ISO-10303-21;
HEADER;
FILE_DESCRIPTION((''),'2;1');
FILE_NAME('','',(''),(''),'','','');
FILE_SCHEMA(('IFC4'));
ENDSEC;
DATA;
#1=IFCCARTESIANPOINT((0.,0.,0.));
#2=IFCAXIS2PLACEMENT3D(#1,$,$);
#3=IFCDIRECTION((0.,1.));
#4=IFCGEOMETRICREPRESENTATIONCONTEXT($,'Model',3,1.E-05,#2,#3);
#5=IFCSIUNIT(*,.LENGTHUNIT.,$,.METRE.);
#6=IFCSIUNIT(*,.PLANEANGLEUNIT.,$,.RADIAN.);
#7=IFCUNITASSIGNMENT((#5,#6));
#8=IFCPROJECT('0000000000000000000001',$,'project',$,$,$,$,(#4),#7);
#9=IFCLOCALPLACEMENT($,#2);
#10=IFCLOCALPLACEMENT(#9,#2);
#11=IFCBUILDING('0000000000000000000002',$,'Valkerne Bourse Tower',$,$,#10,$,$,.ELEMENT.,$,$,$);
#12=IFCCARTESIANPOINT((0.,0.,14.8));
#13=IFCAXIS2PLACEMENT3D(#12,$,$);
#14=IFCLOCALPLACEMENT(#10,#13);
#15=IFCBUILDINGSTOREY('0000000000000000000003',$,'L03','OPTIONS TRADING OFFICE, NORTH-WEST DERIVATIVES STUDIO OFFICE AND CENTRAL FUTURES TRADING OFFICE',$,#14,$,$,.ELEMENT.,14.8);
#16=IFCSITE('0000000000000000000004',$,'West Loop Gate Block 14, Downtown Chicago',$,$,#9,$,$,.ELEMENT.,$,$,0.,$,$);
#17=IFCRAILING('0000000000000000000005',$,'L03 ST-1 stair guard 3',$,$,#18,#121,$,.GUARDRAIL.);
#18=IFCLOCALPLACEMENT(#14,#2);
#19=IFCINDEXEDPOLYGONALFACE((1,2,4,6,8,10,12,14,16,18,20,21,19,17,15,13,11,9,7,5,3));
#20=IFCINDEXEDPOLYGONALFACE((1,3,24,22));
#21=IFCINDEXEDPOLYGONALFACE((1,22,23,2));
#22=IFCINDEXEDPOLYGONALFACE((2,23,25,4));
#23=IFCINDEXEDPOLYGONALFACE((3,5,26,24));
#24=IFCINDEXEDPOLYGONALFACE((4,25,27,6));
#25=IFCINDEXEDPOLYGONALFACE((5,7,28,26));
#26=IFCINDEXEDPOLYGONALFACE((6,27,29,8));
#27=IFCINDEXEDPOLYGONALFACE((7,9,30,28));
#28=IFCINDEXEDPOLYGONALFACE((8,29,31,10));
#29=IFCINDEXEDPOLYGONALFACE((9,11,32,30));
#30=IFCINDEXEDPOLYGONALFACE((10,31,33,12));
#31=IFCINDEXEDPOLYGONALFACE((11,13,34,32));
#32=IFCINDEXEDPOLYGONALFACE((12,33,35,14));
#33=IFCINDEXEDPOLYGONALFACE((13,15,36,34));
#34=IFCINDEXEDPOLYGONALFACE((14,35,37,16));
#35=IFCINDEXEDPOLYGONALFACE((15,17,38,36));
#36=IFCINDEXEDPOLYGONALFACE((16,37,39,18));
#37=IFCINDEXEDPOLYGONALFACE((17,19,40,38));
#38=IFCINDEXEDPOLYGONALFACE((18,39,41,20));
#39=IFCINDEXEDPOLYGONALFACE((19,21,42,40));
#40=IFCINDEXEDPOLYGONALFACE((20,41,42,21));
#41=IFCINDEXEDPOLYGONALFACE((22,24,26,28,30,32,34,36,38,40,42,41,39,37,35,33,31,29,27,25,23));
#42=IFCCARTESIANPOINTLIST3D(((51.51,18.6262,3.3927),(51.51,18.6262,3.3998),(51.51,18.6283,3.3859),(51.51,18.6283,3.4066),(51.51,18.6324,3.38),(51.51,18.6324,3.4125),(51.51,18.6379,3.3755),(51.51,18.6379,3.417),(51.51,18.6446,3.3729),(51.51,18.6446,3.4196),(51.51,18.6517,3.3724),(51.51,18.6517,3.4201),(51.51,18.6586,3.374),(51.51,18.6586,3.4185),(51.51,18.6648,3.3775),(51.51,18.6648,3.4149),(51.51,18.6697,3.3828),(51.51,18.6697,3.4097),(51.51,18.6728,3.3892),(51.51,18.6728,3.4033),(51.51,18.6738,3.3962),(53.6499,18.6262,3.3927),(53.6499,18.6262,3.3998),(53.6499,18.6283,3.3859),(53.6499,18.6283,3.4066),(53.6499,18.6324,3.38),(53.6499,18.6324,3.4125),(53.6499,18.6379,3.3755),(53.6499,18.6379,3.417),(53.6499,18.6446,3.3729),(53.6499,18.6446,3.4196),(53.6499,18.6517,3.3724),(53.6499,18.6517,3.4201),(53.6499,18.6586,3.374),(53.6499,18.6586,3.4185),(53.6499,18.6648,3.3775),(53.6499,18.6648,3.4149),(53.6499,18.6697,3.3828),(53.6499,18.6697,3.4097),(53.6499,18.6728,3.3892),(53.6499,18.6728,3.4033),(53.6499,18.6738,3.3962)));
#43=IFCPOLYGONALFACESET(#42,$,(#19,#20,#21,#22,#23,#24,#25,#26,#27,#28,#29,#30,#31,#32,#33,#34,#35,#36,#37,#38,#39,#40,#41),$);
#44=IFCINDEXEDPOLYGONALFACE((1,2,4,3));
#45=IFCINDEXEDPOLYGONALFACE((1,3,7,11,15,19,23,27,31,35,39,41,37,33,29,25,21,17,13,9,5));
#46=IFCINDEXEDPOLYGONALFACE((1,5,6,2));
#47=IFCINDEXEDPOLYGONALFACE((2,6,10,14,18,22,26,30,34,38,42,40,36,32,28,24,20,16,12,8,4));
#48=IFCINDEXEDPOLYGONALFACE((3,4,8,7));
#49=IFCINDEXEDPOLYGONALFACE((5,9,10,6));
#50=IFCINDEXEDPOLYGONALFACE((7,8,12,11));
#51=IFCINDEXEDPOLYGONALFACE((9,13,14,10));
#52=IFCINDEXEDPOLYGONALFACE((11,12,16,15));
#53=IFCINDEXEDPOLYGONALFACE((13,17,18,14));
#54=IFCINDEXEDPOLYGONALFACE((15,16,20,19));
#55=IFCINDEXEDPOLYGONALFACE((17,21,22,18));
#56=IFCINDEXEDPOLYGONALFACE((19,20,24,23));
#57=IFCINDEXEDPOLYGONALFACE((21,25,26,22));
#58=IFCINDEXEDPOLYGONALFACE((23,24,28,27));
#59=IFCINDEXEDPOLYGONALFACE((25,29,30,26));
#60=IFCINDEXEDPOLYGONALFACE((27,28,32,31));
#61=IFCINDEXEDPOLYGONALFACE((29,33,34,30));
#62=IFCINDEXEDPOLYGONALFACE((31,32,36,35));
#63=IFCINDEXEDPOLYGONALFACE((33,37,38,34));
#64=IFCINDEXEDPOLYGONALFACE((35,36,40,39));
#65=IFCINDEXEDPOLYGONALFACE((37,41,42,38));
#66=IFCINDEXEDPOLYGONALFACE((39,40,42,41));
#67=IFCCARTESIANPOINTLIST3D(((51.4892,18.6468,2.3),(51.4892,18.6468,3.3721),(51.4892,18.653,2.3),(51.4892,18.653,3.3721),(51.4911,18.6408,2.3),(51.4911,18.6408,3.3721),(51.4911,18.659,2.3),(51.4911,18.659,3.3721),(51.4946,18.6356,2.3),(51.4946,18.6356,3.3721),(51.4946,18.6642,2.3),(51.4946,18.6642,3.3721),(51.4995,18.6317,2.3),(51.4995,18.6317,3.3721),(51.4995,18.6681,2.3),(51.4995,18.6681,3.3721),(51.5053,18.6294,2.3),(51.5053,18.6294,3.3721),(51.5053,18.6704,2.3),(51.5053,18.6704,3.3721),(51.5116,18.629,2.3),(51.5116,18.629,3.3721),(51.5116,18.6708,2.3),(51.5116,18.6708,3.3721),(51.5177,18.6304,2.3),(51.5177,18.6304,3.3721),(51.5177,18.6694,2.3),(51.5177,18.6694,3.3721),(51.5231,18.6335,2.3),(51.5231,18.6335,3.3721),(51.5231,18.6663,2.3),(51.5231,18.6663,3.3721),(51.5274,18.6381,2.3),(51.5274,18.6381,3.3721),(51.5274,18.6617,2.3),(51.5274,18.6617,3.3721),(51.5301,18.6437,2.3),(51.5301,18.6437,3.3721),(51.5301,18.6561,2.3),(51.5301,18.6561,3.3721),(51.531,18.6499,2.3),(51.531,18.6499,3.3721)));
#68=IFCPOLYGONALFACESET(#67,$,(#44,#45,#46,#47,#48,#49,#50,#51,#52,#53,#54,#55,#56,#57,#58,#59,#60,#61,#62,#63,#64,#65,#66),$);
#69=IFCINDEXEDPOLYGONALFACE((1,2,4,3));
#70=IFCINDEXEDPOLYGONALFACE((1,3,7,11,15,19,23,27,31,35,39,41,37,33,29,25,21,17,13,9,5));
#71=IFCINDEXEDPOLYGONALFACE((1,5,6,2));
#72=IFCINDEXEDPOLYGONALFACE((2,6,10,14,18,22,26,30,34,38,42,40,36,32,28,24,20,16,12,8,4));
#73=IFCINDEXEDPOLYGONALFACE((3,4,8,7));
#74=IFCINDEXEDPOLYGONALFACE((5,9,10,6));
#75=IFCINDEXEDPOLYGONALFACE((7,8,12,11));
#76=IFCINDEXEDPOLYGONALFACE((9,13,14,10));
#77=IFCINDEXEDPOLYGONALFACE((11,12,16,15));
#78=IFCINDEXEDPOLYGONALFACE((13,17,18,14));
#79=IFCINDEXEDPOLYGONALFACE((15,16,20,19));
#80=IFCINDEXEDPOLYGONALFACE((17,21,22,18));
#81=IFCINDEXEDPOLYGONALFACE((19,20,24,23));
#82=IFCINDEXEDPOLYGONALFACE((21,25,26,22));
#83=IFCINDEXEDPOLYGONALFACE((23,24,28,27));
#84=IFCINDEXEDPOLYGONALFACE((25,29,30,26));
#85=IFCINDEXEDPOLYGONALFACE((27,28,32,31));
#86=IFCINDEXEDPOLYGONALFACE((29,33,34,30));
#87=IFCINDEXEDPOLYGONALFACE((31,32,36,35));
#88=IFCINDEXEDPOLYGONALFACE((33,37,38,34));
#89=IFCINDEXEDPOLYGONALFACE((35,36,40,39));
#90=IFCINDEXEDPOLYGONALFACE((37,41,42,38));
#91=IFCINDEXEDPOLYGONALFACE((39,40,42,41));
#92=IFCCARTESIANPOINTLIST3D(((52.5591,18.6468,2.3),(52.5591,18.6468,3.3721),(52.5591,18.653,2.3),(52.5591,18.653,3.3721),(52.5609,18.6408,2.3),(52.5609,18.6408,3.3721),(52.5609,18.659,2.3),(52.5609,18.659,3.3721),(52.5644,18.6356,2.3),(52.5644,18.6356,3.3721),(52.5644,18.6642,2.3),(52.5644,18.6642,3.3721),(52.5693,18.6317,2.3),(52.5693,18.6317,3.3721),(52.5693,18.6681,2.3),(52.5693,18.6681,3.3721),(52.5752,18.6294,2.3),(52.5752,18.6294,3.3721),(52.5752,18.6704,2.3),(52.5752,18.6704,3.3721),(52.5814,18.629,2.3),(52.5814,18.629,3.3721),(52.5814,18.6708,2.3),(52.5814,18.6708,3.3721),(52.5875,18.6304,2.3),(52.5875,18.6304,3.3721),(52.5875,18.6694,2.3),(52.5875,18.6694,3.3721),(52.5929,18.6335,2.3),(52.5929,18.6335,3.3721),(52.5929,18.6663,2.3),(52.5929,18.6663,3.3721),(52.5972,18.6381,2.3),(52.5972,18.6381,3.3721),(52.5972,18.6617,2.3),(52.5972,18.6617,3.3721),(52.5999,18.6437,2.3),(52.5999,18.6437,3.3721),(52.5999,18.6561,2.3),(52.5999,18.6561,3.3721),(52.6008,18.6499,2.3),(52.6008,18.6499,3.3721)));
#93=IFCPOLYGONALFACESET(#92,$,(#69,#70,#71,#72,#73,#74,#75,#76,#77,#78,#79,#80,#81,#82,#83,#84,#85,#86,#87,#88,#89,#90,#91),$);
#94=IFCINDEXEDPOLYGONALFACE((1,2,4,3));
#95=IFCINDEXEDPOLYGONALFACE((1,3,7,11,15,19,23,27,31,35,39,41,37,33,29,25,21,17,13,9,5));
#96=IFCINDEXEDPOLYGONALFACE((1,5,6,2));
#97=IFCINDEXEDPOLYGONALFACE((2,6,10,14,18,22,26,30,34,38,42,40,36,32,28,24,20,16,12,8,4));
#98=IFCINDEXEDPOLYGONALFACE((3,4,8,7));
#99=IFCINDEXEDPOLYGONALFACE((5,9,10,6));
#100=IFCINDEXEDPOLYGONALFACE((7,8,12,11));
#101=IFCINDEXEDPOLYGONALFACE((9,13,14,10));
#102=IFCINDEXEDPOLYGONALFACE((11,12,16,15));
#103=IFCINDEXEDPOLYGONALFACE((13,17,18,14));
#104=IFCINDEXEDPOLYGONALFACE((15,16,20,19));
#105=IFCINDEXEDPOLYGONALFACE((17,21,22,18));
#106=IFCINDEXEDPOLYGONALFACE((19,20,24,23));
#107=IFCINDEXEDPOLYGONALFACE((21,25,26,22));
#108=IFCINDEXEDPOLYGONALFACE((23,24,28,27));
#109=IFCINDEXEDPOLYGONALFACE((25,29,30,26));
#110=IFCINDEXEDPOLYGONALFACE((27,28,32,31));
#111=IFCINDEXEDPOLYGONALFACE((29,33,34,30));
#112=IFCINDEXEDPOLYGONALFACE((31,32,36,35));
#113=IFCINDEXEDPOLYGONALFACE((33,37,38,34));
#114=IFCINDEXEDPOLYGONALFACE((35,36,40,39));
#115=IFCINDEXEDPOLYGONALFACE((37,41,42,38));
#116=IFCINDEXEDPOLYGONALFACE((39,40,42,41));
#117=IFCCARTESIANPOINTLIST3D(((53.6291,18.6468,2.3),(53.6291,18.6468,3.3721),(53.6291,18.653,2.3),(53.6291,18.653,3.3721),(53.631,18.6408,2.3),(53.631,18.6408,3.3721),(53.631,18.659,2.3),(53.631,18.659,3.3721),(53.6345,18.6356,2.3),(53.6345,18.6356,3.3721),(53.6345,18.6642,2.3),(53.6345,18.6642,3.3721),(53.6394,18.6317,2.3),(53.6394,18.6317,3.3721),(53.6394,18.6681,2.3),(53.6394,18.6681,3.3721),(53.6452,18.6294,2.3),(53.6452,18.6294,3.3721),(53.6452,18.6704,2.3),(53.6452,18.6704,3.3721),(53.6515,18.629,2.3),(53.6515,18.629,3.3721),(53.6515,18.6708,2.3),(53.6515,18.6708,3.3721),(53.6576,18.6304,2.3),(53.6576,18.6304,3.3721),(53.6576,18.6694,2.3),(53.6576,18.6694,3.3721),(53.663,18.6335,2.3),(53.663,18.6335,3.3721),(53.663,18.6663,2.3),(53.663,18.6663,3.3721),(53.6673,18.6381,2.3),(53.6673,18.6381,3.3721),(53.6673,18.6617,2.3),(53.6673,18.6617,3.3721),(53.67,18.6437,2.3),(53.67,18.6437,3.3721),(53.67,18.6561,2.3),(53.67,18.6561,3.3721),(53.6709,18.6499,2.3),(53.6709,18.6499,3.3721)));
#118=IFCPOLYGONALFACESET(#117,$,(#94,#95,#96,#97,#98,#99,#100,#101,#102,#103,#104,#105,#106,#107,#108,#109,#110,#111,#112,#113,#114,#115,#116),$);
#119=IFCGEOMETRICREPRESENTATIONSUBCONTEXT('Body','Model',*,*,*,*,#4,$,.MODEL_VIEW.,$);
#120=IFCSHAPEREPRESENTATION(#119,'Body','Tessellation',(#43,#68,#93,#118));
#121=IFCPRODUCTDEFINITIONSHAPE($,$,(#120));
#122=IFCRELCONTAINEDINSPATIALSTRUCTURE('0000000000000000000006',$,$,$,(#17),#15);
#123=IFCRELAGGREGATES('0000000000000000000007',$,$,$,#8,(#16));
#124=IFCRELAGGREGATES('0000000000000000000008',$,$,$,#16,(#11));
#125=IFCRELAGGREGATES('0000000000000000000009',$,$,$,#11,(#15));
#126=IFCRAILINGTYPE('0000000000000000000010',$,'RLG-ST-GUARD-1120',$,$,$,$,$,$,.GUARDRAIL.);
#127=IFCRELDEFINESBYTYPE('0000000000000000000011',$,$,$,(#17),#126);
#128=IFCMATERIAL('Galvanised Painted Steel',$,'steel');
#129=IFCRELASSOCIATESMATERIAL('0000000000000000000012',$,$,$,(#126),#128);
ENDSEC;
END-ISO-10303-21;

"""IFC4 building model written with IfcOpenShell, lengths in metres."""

from ifc_helpers import new_model, si_unit, direction, frame, origin, origin_2d, place, context, subcontext, project, spatial, circle, extrude, material, type_object, element, save


model = new_model("IFC4")

# Units and contexts
model_context = context("Model", 3, precision=1e-05, world=origin(), true_north=direction((0.0, 1.0)))
body_context = subcontext(model_context, "Body", "Model", "MODEL_VIEW")
ifc_project = project(units=[si_unit("LENGTHUNIT", "METRE"), si_unit("PLANEANGLEUNIT", "RADIAN")], contexts=[model_context])

# Site, building, storey
site_placement = place(None, origin())
site = spatial("IfcSite", under=ifc_project, at=site_placement, Name="West Loop Gate Block 14, Downtown Chicago", CompositionType="ELEMENT", RefElevation=0.0)
building_placement = place(site_placement, origin())
building = spatial("IfcBuilding", under=site, at=building_placement, Name="Valkerne Bourse Tower", CompositionType="ELEMENT")
storey_placement = place(building_placement, frame((0.0, 0.0, 14.8)))
storey = spatial("IfcBuildingStorey", under=building, at=storey_placement, Name="L03", Description="OPTIONS TRADING OFFICE, NORTH-WEST DERIVATIVES STUDIO OFFICE AND CENTRAL FUTURES TRADING OFFICE", CompositionType="ELEMENT", Elevation=14.8)

# Shared definitions
ifc_material_1 = material(Name="Galvanised Painted Steel", Category="steel")

# Railing
railing_type_1 = type_object("IfcRailingType", Name="RLG-ST-GUARD-1120", PredefinedType="GUARDRAIL", material=ifc_material_1)
railing_1_placement = place(storey_placement, frame((51.51, 18.6499, 2.3)))
element("IfcRailing", 1, at=railing_1_placement, inside=storey, type_object=railing_type_1, Name="L03 ST-1 stair guard 3", PredefinedType="GUARDRAIL", context=body_context, shape_type="SweptSolid", body=[
    extrude(circle(Radius=0.0239, at=origin_2d()), frame((0.0, 0.0, 1.0962), z_axis=(1.0, 0.0, 0.0), x_axis=(0.0, 1.0, 0.0)), (0.0, 0.0, 1.0), 2.1399),
    extrude(circle(Radius=0.021, at=origin_2d()), origin(), (0.0, 0.0, 1.0), 1.072),
    extrude(circle(Radius=0.021, at=origin_2d()), frame((1.0698, 0.0, 0.0)), (0.0, 0.0, 1.0), 1.072),
    extrude(circle(Radius=0.021, at=origin_2d()), frame((2.1399, 0.0, 0.0)), (0.0, 0.0, 1.0), 1.072),
])

save(model, "model.ifc")
